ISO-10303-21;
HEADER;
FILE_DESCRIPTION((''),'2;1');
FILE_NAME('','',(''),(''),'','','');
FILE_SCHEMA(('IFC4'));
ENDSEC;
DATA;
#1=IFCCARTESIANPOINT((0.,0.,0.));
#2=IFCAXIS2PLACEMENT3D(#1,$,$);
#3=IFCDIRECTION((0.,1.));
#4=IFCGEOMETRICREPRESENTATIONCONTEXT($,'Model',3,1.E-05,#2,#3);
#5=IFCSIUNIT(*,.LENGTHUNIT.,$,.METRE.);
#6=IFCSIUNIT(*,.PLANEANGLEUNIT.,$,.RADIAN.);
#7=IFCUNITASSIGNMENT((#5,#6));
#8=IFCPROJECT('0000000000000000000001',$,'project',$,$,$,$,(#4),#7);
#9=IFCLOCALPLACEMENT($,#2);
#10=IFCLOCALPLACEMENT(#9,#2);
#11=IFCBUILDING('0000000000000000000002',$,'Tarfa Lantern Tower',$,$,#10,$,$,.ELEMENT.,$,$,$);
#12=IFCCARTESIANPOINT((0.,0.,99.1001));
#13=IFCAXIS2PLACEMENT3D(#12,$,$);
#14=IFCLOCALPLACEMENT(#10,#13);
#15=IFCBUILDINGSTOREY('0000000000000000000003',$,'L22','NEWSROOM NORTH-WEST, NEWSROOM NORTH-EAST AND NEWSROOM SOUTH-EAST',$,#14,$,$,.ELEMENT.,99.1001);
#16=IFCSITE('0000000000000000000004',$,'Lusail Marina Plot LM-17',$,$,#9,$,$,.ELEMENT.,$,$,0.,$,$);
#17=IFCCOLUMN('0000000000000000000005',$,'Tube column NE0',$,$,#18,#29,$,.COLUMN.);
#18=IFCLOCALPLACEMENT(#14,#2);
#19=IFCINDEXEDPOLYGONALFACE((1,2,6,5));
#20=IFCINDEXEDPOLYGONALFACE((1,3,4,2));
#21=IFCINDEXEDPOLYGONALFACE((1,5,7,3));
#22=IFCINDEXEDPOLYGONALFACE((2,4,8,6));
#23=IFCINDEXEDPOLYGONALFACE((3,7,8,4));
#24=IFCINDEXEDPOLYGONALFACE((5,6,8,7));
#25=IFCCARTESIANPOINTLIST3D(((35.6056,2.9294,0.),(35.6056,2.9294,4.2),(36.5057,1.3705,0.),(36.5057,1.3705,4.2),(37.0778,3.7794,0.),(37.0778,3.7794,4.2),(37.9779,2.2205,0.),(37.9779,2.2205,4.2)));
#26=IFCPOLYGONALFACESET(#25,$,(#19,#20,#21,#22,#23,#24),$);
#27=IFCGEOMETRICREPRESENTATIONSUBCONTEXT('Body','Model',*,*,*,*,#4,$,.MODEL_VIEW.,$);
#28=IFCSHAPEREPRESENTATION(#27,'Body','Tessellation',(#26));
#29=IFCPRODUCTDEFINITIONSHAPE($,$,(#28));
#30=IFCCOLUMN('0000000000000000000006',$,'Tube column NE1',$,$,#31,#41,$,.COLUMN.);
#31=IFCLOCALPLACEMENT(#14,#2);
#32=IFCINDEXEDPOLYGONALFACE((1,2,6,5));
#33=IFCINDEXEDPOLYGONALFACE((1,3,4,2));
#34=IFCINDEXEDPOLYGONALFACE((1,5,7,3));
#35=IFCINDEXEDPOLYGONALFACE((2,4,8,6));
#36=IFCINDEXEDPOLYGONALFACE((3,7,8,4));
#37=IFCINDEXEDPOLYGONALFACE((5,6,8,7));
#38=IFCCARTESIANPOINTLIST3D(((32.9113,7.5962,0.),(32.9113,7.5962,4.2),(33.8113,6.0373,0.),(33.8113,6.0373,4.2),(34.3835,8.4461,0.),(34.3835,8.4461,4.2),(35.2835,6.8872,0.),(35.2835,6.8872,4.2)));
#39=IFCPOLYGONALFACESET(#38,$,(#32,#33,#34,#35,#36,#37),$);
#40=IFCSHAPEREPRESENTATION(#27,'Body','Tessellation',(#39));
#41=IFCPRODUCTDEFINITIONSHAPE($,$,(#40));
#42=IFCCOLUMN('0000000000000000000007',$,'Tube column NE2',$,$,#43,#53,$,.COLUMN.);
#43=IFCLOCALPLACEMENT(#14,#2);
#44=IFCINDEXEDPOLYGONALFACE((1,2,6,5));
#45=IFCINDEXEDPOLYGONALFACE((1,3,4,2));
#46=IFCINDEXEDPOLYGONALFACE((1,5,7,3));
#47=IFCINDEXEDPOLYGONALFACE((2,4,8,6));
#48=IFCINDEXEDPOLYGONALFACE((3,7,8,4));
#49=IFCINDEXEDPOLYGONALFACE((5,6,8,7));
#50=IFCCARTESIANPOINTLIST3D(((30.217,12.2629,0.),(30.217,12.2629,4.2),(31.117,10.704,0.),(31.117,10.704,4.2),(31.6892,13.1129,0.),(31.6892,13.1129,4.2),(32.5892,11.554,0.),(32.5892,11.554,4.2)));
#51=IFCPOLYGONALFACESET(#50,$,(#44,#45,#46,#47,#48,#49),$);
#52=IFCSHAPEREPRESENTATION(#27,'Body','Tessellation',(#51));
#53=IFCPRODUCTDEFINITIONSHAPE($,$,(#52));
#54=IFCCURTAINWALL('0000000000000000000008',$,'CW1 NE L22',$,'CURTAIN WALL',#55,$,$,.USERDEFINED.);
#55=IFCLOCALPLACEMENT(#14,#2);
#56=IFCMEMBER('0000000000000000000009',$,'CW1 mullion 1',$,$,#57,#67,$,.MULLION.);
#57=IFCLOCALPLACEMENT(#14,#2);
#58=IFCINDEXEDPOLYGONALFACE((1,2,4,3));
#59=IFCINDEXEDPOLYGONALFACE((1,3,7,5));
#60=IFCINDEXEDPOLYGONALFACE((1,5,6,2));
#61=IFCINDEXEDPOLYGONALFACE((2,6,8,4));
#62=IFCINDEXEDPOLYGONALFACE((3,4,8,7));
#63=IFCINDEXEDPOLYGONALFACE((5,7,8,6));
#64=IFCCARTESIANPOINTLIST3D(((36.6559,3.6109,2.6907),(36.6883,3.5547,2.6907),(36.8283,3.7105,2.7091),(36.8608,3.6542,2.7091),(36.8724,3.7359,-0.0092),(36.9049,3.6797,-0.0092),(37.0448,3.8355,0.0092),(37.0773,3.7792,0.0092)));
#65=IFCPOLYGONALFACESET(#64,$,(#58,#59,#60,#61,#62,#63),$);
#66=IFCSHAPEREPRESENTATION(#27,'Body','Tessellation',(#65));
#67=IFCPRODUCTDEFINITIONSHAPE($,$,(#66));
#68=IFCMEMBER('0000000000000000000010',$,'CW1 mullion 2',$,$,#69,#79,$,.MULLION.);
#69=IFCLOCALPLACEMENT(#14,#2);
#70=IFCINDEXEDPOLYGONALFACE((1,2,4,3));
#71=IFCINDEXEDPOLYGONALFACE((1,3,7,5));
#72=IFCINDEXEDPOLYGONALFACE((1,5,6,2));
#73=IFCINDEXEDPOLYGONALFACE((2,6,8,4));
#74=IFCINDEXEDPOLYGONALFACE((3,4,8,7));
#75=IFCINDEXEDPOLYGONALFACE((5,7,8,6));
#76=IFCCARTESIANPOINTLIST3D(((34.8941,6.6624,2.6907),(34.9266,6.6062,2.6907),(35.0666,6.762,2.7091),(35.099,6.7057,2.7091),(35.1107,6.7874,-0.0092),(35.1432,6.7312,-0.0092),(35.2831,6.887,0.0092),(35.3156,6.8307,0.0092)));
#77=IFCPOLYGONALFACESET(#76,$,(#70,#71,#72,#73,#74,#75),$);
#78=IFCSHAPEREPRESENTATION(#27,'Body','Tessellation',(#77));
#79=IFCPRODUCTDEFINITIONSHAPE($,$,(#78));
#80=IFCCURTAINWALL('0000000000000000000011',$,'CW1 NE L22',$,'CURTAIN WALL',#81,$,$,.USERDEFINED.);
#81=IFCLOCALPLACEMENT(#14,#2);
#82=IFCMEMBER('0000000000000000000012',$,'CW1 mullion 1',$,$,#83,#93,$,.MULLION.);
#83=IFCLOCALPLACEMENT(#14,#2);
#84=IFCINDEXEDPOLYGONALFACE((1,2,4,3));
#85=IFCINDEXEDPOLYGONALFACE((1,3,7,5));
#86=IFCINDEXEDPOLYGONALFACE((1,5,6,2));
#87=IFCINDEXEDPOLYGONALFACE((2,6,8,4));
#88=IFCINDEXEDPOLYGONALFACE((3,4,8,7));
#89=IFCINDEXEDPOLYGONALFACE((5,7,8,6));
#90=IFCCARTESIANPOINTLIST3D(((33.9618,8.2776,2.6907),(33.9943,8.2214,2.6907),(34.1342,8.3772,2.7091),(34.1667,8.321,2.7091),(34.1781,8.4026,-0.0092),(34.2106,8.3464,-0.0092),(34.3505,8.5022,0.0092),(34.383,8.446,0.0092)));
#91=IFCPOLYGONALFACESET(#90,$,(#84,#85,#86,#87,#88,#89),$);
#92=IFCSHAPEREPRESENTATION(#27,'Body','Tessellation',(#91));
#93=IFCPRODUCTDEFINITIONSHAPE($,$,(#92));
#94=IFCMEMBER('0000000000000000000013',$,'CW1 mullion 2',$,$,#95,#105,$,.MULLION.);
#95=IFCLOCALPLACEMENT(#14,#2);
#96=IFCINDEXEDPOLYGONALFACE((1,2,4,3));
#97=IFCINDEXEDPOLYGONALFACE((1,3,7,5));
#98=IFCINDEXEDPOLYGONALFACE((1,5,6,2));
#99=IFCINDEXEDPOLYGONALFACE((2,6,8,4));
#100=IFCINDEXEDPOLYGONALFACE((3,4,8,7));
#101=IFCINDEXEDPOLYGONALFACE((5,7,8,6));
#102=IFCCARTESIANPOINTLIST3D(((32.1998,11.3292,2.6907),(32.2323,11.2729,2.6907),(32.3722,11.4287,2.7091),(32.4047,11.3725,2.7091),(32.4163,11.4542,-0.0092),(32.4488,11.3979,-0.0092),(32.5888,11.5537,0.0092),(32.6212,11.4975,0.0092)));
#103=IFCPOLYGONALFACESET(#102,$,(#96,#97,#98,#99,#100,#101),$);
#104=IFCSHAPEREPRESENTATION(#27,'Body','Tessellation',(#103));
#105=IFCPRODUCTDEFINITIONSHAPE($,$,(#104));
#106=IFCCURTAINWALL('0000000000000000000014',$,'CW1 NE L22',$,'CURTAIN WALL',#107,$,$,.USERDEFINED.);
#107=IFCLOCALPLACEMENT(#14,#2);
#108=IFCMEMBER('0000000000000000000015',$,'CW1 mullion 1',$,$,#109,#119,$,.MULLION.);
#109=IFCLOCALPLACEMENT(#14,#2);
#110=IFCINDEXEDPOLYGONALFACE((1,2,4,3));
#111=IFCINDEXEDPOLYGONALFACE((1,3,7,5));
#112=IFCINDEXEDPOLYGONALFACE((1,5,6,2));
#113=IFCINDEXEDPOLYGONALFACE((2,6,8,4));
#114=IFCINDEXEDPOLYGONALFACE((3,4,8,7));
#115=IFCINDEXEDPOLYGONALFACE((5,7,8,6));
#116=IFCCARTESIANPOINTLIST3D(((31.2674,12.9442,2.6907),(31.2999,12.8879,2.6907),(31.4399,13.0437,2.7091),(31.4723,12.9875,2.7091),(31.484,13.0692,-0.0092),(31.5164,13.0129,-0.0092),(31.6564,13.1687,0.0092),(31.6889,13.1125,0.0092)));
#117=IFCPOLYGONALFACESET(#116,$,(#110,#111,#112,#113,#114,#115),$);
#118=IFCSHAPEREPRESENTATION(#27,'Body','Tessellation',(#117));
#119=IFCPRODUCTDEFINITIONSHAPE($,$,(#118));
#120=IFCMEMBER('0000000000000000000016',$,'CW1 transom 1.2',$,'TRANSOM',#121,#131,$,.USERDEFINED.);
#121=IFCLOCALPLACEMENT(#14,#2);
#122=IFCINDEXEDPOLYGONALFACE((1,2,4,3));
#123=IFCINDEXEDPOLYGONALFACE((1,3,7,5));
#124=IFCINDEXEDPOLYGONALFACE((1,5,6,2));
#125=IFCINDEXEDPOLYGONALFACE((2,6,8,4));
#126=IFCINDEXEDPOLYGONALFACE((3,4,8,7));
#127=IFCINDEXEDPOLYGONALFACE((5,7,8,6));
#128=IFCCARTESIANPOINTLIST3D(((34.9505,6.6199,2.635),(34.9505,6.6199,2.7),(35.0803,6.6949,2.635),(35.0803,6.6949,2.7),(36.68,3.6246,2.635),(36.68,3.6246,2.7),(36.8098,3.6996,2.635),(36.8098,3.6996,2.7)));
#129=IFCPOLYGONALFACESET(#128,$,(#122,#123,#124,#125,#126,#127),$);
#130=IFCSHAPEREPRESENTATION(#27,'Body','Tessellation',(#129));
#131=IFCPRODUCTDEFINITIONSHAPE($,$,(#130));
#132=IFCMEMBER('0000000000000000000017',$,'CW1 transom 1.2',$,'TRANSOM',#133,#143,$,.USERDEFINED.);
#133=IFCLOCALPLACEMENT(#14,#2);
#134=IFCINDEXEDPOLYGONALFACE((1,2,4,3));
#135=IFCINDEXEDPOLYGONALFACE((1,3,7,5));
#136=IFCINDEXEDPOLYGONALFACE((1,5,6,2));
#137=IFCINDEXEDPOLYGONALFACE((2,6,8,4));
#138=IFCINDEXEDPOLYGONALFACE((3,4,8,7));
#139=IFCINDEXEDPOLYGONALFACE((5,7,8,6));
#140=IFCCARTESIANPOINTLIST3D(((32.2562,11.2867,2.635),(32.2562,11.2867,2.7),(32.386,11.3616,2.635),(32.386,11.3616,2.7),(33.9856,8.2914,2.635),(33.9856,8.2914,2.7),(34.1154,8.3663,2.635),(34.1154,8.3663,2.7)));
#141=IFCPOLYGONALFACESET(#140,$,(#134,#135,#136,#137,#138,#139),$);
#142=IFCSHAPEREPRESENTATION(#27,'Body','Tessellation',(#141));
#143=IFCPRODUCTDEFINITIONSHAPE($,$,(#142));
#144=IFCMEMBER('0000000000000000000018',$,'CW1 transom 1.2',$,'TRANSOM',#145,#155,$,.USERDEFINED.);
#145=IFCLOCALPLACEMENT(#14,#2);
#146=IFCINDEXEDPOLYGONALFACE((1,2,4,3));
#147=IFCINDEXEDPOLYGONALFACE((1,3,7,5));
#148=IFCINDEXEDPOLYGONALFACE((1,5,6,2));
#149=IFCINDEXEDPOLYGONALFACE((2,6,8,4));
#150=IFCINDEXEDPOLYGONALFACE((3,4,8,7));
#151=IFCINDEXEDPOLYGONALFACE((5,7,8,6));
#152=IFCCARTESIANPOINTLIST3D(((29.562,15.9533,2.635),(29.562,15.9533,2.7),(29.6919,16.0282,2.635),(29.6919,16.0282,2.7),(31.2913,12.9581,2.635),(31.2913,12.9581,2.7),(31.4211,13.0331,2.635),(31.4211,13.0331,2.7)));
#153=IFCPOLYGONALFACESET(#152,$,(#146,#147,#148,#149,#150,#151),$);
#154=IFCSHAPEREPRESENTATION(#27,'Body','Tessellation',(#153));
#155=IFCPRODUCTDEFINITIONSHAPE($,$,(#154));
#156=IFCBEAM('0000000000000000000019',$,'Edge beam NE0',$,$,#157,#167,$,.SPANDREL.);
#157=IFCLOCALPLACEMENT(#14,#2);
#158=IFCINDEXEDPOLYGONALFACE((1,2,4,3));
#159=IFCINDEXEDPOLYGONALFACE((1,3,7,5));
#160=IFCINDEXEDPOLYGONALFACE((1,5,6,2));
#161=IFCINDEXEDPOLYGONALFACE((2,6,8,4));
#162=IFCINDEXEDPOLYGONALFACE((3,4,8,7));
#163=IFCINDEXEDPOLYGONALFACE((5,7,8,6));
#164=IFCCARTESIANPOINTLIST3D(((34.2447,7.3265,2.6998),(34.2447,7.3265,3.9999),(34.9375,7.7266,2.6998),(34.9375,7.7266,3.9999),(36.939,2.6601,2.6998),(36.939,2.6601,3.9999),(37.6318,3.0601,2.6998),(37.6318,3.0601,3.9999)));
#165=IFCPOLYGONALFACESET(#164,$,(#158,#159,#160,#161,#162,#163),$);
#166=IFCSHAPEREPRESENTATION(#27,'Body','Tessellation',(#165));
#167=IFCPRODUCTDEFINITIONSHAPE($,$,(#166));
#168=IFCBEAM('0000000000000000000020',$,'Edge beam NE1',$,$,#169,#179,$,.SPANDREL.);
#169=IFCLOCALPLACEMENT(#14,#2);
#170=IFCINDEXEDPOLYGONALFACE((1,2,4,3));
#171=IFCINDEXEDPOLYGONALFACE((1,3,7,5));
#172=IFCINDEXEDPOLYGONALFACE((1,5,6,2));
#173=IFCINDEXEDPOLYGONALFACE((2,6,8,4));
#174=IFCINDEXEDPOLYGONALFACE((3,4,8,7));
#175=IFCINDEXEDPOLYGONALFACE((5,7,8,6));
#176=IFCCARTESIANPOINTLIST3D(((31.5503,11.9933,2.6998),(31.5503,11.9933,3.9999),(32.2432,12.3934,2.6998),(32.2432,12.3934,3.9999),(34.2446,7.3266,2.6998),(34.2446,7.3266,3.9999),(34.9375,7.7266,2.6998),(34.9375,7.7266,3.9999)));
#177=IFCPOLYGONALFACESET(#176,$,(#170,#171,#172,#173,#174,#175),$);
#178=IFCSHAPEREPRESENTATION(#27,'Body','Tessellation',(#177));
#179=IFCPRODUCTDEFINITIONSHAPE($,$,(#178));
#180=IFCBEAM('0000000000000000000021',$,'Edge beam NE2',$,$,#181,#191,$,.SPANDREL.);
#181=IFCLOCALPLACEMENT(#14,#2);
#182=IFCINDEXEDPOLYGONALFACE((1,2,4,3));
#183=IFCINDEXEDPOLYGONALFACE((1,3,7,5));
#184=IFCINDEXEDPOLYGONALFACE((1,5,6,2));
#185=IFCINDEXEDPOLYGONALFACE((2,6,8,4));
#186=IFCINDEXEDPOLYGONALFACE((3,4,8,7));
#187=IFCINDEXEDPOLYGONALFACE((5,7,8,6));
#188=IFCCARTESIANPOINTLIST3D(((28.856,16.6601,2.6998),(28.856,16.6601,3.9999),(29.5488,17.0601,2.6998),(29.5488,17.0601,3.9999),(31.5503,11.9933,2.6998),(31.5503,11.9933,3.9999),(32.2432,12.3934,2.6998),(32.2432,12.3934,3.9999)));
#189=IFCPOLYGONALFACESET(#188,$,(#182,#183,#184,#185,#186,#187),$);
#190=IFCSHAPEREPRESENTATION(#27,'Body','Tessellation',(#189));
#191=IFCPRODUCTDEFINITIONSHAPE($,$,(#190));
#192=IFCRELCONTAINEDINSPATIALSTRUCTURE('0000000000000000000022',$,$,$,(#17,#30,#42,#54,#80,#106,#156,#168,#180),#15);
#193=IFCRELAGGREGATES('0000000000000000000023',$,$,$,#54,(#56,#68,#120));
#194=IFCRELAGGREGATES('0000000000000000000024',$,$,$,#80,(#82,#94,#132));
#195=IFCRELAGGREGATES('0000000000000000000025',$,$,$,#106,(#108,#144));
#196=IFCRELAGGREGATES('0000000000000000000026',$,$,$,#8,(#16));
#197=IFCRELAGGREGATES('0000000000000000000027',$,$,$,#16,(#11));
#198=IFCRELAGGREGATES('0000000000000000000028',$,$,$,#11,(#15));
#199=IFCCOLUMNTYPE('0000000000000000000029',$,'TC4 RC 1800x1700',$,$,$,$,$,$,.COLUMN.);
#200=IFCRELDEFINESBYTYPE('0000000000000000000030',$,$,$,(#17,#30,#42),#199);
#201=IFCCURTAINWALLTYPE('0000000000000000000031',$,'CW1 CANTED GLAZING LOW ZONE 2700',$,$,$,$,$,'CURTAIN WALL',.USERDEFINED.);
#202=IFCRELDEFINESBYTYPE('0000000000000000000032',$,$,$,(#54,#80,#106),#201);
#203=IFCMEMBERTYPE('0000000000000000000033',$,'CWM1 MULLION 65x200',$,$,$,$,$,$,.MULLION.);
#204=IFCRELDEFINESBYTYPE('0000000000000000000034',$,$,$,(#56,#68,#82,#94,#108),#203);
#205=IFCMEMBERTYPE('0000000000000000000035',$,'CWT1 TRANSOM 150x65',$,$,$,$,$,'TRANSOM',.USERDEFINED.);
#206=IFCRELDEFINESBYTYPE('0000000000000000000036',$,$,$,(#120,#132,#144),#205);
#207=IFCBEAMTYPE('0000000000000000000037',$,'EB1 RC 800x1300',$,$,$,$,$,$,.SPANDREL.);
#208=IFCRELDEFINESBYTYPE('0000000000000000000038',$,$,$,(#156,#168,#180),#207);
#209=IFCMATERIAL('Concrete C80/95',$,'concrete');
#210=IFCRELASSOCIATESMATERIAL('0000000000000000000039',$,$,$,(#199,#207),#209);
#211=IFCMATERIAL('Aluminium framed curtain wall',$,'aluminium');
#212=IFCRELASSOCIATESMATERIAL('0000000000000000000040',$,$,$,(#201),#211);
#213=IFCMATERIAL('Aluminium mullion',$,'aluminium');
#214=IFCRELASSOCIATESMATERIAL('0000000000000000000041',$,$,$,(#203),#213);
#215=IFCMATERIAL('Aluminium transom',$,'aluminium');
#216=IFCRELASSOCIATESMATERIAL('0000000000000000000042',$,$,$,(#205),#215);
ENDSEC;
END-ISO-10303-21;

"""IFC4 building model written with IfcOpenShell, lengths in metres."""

from ifc_helpers import new_model, si_unit, direction, frame, origin, origin_2d, place, context, subcontext, project, spatial, rectangle, extrude, material, material_profile, profile_set, type_object, element, aggregate, save


model = new_model("IFC4")

# Units and contexts
model_context = context("Model", 3, precision=1e-05, world=origin(), true_north=direction((0.0, 1.0)))
body_context = subcontext(model_context, "Body", "Model", "MODEL_VIEW")
ifc_project = project(units=[si_unit("LENGTHUNIT", "METRE"), si_unit("PLANEANGLEUNIT", "RADIAN")], contexts=[model_context])

# Site, building, storey
site_placement = place(None, origin())
site = spatial("IfcSite", under=ifc_project, at=site_placement, Name="Lusail Marina Plot LM-17", CompositionType="ELEMENT", RefElevation=0.0)
building_placement = place(site_placement, origin())
building = spatial("IfcBuilding", under=site, at=building_placement, Name="Tarfa Lantern Tower", CompositionType="ELEMENT")
storey_placement = place(building_placement, frame((0.0, 0.0, 99.1001)))
storey = spatial("IfcBuildingStorey", under=building, at=storey_placement, Name="L22", Description="NEWSROOM NORTH-WEST, NEWSROOM NORTH-EAST AND NEWSROOM SOUTH-EAST", CompositionType="ELEMENT", Elevation=99.1001)

# Columns
ifc_material_1 = material(Name="Concrete C80/95", Category="concrete")
ifc_material_profile_1 = material_profile(ifc_material_1, rectangle(XDim=1.8, YDim=1.7, at=origin_2d()), Name="RC 1800x1700")
ifc_profile_set_1 = profile_set([ifc_material_profile_1], Name="Concrete C80/95")
column_type = type_object("IfcColumnType", Name="TC4 RC 1800x1700", PredefinedType="COLUMN", material=ifc_profile_set_1)
for number, where, z_axis, x_axis, name in (
    (1, (36.7917, 2.575, 0.0), (0.0, 0.0, 1.0), (-0.5, 0.866025, 0.0), "Tube column NE0"),
    (2, (34.0974, 7.2417, 0.0), (0.0, 0.0, 1.0), (-0.5, 0.866025, 0.0), "Tube column NE1"),
    (3, (31.4031, 11.9084, 0.0), (0.0, 0.0, 1.0), (-0.5, 0.866025, 0.0), "Tube column NE2"),
):
    element("IfcColumn", number, at=place(storey_placement, frame(where, z_axis=z_axis, x_axis=x_axis)), inside=storey, type_object=column_type, Name=name, PredefinedType="COLUMN", context=body_context, shape_type="SweptSolid", body=[
        extrude(rectangle(XDim=1.8, YDim=1.7, at=origin_2d()), origin(), (0.0, 0.0, 1.0), 4.2),
    ])

# Curtain walls, members
ifc_material_2 = material(Name="Aluminium framed curtain wall", Category="aluminium")
curtain_wall_type = type_object("IfcCurtainWallType", Name="CW1 CANTED GLAZING LOW ZONE 2700", ElementType="CURTAIN WALL", PredefinedType="USERDEFINED", material=ifc_material_2)
curtain_wall_1_placement = place(storey_placement, origin())
curtain_wall_1 = element("IfcCurtainWall", 4, at=curtain_wall_1_placement, inside=storey, type_object=curtain_wall_type, Name="CW1 NE L22", ObjectType="CURTAIN WALL", PredefinedType="USERDEFINED")
ifc_material_3 = material(Name="Aluminium mullion", Category="aluminium")
ifc_material_profile_2 = material_profile(ifc_material_3, rectangle(XDim=0.0649, YDim=0.2, at=origin_2d()), Name="AL MULLION 65x200")
ifc_profile_set_2 = profile_set([ifc_material_profile_2], Name="Aluminium mullion")
member_type_1 = type_object("IfcMemberType", Name="CWM1 MULLION 65x200", PredefinedType="MULLION", material=ifc_profile_set_2)
member_1_placement = place(storey_placement, frame((36.9749, 3.7576, 0.0), z_axis=(-0.079864, -0.0461, 0.995739), x_axis=(0.49992, -0.866072, 0.0)))
member_1 = element("IfcMember", 5, at=member_1_placement, type_object=member_type_1, Name="CW1 mullion 1", PredefinedType="MULLION", context=body_context, shape_type="SweptSolid", body=[
    extrude(rectangle(XDim=0.0649, YDim=0.2, at=origin_2d()), origin(), (0.0, 0.0, 1.0), 2.7114),
])
member_2_placement = place(storey_placement, frame((35.2131, 6.8091, 0.0), z_axis=(-0.079864, -0.0461, 0.995739), x_axis=(0.49992, -0.866072, 0.0)))
member_2 = element("IfcMember", 6, at=member_2_placement, type_object=member_type_1, Name="CW1 mullion 2", PredefinedType="MULLION", context=body_context, shape_type="SweptSolid", body=[
    extrude(rectangle(XDim=0.0649, YDim=0.2, at=origin_2d()), origin(), (0.0, 0.0, 1.0), 2.7114),
])
curtain_wall_2_placement = place(storey_placement, origin())
curtain_wall_2 = element("IfcCurtainWall", 7, at=curtain_wall_2_placement, inside=storey, type_object=curtain_wall_type, Name="CW1 NE L22", ObjectType="CURTAIN WALL", PredefinedType="USERDEFINED")
member_3_placement = place(storey_placement, frame((34.2805, 8.4243, 0.0), z_axis=(-0.079775, -0.0461, 0.995746), x_axis=(0.500343, -0.865827, 0.0)))
member_3 = element("IfcMember", 8, at=member_3_placement, type_object=member_type_1, Name="CW1 mullion 1", PredefinedType="MULLION", context=body_context, shape_type="SweptSolid", body=[
    extrude(rectangle(XDim=0.0649, YDim=0.2, at=origin_2d()), origin(), (0.0, 0.0, 1.0), 2.7114),
])
member_4_placement = place(storey_placement, frame((32.5188, 11.4758, 0.0), z_axis=(-0.079864, -0.0461, 0.995739), x_axis=(0.49992, -0.866072, 0.0)))
member_4 = element("IfcMember", 9, at=member_4_placement, type_object=member_type_1, Name="CW1 mullion 2", PredefinedType="MULLION", context=body_context, shape_type="SweptSolid", body=[
    extrude(rectangle(XDim=0.0649, YDim=0.2, at=origin_2d()), origin(), (0.0, 0.0, 1.0), 2.7114),
])

# Curtain wall, member
curtain_wall_3_placement = place(storey_placement, origin())
curtain_wall_3 = element("IfcCurtainWall", 10, at=curtain_wall_3_placement, inside=storey, type_object=curtain_wall_type, Name="CW1 NE L22", ObjectType="CURTAIN WALL", PredefinedType="USERDEFINED")
member_5_placement = place(storey_placement, frame((31.5864, 13.0908, 0.0), z_axis=(-0.079864, -0.0461, 0.995739), x_axis=(0.49992, -0.866072, 0.0)))
member_5 = element("IfcMember", 11, at=member_5_placement, type_object=member_type_1, Name="CW1 mullion 1", PredefinedType="MULLION", context=body_context, shape_type="SweptSolid", body=[
    extrude(rectangle(XDim=0.0649, YDim=0.2, at=origin_2d()), origin(), (0.0, 0.0, 1.0), 2.7114),
])

# Members
ifc_material_4 = material(Name="Aluminium transom", Category="aluminium")
ifc_material_profile_3 = material_profile(ifc_material_4, rectangle(XDim=0.1499, YDim=0.0649, at=origin_2d()), Name="AL TRANSOM 150x65")
ifc_profile_set_3 = profile_set([ifc_material_profile_3], Name="Aluminium transom")
member_type_2 = type_object("IfcMemberType", Name="CWT1 TRANSOM 150x65", ElementType="TRANSOM", PredefinedType="USERDEFINED", material=ifc_profile_set_3)
member_6_placement = place(storey_placement, frame((36.7449, 3.6621, 2.6675), z_axis=(-0.500026, 0.86601, 0.0), x_axis=(-0.86601, -0.500026, 0.0)))
member_6 = element("IfcMember", 12, at=member_6_placement, type_object=member_type_2, Name="CW1 transom 1.2", ObjectType="TRANSOM", PredefinedType="USERDEFINED", context=body_context, shape_type="SweptSolid", body=[
    extrude(rectangle(XDim=0.1499, YDim=0.0649, at=origin_2d()), origin(), (0.0, 0.0, 1.0), 3.4587),
])
member_7_placement = place(storey_placement, frame((34.0505, 8.3289, 2.6675), z_axis=(-0.500026, 0.86601, 0.0), x_axis=(-0.86601, -0.500026, 0.0)))
member_7 = element("IfcMember", 13, at=member_7_placement, type_object=member_type_2, Name="CW1 transom 1.2", ObjectType="TRANSOM", PredefinedType="USERDEFINED", context=body_context, shape_type="SweptSolid", body=[
    extrude(rectangle(XDim=0.1499, YDim=0.0649, at=origin_2d()), origin(), (0.0, 0.0, 1.0), 3.4587),
])
member_8_placement = place(storey_placement, frame((31.3562, 12.9956, 2.6675), z_axis=(-0.500004, 0.866023, 0.0), x_axis=(-0.866023, -0.500004, 0.0)))
member_8 = element("IfcMember", 14, at=member_8_placement, type_object=member_type_2, Name="CW1 transom 1.2", ObjectType="TRANSOM", PredefinedType="USERDEFINED", context=body_context, shape_type="SweptSolid", body=[
    extrude(rectangle(XDim=0.1499, YDim=0.0649, at=origin_2d()), origin(), (0.0, 0.0, 1.0), 3.4585),
])

# Beams
ifc_material_profile_4 = material_profile(ifc_material_1, rectangle(XDim=0.8, YDim=1.3, at=origin_2d()), Name="RC 800x1300")
ifc_profile_set_4 = profile_set([ifc_material_profile_4], Name="Concrete C80/95")
beam_type_1 = type_object("IfcBeamType", Name="EB1 RC 800x1300", PredefinedType="SPANDREL", material=ifc_profile_set_4)
beam_1_placement = place(storey_placement, frame((37.2854, 2.8601, 3.3499), z_axis=(-0.500018, 0.866015, 0.0), x_axis=(-0.866015, -0.500018, 0.0)))
element("IfcBeam", 15, at=beam_1_placement, inside=storey, type_object=beam_type_1, Name="Edge beam NE0", PredefinedType="SPANDREL", context=body_context, shape_type="SweptSolid", body=[
    extrude(rectangle(XDim=0.8, YDim=1.3, at=origin_2d()), origin(), (0.0, 0.0, 1.0), 5.3884),
])
for number, where, z_axis, x_axis, name in (
    (16, (34.5911, 7.5266, 3.3499), (-0.499998, 0.866026, 0.0), (-0.866026, -0.499998, 0.0), "Edge beam NE1"),
    (17, (31.8967, 12.1934, 3.3499), (-0.499998, 0.866026, 0.0), (-0.866026, -0.499998, 0.0), "Edge beam NE2"),
):
    element("IfcBeam", number, at=place(storey_placement, frame(where, z_axis=z_axis, x_axis=x_axis)), inside=storey, type_object=beam_type_1, Name=name, PredefinedType="SPANDREL", context=body_context, shape_type="SweptSolid", body=[
        extrude(rectangle(XDim=0.8, YDim=1.3, at=origin_2d()), origin(), (0.0, 0.0, 1.0), 5.3887),
    ])

aggregate(curtain_wall_1, [member_1, member_2, member_6])
aggregate(curtain_wall_2, [member_3, member_4, member_7])
aggregate(curtain_wall_3, [member_5, member_8])

save(model, "model.ifc")
